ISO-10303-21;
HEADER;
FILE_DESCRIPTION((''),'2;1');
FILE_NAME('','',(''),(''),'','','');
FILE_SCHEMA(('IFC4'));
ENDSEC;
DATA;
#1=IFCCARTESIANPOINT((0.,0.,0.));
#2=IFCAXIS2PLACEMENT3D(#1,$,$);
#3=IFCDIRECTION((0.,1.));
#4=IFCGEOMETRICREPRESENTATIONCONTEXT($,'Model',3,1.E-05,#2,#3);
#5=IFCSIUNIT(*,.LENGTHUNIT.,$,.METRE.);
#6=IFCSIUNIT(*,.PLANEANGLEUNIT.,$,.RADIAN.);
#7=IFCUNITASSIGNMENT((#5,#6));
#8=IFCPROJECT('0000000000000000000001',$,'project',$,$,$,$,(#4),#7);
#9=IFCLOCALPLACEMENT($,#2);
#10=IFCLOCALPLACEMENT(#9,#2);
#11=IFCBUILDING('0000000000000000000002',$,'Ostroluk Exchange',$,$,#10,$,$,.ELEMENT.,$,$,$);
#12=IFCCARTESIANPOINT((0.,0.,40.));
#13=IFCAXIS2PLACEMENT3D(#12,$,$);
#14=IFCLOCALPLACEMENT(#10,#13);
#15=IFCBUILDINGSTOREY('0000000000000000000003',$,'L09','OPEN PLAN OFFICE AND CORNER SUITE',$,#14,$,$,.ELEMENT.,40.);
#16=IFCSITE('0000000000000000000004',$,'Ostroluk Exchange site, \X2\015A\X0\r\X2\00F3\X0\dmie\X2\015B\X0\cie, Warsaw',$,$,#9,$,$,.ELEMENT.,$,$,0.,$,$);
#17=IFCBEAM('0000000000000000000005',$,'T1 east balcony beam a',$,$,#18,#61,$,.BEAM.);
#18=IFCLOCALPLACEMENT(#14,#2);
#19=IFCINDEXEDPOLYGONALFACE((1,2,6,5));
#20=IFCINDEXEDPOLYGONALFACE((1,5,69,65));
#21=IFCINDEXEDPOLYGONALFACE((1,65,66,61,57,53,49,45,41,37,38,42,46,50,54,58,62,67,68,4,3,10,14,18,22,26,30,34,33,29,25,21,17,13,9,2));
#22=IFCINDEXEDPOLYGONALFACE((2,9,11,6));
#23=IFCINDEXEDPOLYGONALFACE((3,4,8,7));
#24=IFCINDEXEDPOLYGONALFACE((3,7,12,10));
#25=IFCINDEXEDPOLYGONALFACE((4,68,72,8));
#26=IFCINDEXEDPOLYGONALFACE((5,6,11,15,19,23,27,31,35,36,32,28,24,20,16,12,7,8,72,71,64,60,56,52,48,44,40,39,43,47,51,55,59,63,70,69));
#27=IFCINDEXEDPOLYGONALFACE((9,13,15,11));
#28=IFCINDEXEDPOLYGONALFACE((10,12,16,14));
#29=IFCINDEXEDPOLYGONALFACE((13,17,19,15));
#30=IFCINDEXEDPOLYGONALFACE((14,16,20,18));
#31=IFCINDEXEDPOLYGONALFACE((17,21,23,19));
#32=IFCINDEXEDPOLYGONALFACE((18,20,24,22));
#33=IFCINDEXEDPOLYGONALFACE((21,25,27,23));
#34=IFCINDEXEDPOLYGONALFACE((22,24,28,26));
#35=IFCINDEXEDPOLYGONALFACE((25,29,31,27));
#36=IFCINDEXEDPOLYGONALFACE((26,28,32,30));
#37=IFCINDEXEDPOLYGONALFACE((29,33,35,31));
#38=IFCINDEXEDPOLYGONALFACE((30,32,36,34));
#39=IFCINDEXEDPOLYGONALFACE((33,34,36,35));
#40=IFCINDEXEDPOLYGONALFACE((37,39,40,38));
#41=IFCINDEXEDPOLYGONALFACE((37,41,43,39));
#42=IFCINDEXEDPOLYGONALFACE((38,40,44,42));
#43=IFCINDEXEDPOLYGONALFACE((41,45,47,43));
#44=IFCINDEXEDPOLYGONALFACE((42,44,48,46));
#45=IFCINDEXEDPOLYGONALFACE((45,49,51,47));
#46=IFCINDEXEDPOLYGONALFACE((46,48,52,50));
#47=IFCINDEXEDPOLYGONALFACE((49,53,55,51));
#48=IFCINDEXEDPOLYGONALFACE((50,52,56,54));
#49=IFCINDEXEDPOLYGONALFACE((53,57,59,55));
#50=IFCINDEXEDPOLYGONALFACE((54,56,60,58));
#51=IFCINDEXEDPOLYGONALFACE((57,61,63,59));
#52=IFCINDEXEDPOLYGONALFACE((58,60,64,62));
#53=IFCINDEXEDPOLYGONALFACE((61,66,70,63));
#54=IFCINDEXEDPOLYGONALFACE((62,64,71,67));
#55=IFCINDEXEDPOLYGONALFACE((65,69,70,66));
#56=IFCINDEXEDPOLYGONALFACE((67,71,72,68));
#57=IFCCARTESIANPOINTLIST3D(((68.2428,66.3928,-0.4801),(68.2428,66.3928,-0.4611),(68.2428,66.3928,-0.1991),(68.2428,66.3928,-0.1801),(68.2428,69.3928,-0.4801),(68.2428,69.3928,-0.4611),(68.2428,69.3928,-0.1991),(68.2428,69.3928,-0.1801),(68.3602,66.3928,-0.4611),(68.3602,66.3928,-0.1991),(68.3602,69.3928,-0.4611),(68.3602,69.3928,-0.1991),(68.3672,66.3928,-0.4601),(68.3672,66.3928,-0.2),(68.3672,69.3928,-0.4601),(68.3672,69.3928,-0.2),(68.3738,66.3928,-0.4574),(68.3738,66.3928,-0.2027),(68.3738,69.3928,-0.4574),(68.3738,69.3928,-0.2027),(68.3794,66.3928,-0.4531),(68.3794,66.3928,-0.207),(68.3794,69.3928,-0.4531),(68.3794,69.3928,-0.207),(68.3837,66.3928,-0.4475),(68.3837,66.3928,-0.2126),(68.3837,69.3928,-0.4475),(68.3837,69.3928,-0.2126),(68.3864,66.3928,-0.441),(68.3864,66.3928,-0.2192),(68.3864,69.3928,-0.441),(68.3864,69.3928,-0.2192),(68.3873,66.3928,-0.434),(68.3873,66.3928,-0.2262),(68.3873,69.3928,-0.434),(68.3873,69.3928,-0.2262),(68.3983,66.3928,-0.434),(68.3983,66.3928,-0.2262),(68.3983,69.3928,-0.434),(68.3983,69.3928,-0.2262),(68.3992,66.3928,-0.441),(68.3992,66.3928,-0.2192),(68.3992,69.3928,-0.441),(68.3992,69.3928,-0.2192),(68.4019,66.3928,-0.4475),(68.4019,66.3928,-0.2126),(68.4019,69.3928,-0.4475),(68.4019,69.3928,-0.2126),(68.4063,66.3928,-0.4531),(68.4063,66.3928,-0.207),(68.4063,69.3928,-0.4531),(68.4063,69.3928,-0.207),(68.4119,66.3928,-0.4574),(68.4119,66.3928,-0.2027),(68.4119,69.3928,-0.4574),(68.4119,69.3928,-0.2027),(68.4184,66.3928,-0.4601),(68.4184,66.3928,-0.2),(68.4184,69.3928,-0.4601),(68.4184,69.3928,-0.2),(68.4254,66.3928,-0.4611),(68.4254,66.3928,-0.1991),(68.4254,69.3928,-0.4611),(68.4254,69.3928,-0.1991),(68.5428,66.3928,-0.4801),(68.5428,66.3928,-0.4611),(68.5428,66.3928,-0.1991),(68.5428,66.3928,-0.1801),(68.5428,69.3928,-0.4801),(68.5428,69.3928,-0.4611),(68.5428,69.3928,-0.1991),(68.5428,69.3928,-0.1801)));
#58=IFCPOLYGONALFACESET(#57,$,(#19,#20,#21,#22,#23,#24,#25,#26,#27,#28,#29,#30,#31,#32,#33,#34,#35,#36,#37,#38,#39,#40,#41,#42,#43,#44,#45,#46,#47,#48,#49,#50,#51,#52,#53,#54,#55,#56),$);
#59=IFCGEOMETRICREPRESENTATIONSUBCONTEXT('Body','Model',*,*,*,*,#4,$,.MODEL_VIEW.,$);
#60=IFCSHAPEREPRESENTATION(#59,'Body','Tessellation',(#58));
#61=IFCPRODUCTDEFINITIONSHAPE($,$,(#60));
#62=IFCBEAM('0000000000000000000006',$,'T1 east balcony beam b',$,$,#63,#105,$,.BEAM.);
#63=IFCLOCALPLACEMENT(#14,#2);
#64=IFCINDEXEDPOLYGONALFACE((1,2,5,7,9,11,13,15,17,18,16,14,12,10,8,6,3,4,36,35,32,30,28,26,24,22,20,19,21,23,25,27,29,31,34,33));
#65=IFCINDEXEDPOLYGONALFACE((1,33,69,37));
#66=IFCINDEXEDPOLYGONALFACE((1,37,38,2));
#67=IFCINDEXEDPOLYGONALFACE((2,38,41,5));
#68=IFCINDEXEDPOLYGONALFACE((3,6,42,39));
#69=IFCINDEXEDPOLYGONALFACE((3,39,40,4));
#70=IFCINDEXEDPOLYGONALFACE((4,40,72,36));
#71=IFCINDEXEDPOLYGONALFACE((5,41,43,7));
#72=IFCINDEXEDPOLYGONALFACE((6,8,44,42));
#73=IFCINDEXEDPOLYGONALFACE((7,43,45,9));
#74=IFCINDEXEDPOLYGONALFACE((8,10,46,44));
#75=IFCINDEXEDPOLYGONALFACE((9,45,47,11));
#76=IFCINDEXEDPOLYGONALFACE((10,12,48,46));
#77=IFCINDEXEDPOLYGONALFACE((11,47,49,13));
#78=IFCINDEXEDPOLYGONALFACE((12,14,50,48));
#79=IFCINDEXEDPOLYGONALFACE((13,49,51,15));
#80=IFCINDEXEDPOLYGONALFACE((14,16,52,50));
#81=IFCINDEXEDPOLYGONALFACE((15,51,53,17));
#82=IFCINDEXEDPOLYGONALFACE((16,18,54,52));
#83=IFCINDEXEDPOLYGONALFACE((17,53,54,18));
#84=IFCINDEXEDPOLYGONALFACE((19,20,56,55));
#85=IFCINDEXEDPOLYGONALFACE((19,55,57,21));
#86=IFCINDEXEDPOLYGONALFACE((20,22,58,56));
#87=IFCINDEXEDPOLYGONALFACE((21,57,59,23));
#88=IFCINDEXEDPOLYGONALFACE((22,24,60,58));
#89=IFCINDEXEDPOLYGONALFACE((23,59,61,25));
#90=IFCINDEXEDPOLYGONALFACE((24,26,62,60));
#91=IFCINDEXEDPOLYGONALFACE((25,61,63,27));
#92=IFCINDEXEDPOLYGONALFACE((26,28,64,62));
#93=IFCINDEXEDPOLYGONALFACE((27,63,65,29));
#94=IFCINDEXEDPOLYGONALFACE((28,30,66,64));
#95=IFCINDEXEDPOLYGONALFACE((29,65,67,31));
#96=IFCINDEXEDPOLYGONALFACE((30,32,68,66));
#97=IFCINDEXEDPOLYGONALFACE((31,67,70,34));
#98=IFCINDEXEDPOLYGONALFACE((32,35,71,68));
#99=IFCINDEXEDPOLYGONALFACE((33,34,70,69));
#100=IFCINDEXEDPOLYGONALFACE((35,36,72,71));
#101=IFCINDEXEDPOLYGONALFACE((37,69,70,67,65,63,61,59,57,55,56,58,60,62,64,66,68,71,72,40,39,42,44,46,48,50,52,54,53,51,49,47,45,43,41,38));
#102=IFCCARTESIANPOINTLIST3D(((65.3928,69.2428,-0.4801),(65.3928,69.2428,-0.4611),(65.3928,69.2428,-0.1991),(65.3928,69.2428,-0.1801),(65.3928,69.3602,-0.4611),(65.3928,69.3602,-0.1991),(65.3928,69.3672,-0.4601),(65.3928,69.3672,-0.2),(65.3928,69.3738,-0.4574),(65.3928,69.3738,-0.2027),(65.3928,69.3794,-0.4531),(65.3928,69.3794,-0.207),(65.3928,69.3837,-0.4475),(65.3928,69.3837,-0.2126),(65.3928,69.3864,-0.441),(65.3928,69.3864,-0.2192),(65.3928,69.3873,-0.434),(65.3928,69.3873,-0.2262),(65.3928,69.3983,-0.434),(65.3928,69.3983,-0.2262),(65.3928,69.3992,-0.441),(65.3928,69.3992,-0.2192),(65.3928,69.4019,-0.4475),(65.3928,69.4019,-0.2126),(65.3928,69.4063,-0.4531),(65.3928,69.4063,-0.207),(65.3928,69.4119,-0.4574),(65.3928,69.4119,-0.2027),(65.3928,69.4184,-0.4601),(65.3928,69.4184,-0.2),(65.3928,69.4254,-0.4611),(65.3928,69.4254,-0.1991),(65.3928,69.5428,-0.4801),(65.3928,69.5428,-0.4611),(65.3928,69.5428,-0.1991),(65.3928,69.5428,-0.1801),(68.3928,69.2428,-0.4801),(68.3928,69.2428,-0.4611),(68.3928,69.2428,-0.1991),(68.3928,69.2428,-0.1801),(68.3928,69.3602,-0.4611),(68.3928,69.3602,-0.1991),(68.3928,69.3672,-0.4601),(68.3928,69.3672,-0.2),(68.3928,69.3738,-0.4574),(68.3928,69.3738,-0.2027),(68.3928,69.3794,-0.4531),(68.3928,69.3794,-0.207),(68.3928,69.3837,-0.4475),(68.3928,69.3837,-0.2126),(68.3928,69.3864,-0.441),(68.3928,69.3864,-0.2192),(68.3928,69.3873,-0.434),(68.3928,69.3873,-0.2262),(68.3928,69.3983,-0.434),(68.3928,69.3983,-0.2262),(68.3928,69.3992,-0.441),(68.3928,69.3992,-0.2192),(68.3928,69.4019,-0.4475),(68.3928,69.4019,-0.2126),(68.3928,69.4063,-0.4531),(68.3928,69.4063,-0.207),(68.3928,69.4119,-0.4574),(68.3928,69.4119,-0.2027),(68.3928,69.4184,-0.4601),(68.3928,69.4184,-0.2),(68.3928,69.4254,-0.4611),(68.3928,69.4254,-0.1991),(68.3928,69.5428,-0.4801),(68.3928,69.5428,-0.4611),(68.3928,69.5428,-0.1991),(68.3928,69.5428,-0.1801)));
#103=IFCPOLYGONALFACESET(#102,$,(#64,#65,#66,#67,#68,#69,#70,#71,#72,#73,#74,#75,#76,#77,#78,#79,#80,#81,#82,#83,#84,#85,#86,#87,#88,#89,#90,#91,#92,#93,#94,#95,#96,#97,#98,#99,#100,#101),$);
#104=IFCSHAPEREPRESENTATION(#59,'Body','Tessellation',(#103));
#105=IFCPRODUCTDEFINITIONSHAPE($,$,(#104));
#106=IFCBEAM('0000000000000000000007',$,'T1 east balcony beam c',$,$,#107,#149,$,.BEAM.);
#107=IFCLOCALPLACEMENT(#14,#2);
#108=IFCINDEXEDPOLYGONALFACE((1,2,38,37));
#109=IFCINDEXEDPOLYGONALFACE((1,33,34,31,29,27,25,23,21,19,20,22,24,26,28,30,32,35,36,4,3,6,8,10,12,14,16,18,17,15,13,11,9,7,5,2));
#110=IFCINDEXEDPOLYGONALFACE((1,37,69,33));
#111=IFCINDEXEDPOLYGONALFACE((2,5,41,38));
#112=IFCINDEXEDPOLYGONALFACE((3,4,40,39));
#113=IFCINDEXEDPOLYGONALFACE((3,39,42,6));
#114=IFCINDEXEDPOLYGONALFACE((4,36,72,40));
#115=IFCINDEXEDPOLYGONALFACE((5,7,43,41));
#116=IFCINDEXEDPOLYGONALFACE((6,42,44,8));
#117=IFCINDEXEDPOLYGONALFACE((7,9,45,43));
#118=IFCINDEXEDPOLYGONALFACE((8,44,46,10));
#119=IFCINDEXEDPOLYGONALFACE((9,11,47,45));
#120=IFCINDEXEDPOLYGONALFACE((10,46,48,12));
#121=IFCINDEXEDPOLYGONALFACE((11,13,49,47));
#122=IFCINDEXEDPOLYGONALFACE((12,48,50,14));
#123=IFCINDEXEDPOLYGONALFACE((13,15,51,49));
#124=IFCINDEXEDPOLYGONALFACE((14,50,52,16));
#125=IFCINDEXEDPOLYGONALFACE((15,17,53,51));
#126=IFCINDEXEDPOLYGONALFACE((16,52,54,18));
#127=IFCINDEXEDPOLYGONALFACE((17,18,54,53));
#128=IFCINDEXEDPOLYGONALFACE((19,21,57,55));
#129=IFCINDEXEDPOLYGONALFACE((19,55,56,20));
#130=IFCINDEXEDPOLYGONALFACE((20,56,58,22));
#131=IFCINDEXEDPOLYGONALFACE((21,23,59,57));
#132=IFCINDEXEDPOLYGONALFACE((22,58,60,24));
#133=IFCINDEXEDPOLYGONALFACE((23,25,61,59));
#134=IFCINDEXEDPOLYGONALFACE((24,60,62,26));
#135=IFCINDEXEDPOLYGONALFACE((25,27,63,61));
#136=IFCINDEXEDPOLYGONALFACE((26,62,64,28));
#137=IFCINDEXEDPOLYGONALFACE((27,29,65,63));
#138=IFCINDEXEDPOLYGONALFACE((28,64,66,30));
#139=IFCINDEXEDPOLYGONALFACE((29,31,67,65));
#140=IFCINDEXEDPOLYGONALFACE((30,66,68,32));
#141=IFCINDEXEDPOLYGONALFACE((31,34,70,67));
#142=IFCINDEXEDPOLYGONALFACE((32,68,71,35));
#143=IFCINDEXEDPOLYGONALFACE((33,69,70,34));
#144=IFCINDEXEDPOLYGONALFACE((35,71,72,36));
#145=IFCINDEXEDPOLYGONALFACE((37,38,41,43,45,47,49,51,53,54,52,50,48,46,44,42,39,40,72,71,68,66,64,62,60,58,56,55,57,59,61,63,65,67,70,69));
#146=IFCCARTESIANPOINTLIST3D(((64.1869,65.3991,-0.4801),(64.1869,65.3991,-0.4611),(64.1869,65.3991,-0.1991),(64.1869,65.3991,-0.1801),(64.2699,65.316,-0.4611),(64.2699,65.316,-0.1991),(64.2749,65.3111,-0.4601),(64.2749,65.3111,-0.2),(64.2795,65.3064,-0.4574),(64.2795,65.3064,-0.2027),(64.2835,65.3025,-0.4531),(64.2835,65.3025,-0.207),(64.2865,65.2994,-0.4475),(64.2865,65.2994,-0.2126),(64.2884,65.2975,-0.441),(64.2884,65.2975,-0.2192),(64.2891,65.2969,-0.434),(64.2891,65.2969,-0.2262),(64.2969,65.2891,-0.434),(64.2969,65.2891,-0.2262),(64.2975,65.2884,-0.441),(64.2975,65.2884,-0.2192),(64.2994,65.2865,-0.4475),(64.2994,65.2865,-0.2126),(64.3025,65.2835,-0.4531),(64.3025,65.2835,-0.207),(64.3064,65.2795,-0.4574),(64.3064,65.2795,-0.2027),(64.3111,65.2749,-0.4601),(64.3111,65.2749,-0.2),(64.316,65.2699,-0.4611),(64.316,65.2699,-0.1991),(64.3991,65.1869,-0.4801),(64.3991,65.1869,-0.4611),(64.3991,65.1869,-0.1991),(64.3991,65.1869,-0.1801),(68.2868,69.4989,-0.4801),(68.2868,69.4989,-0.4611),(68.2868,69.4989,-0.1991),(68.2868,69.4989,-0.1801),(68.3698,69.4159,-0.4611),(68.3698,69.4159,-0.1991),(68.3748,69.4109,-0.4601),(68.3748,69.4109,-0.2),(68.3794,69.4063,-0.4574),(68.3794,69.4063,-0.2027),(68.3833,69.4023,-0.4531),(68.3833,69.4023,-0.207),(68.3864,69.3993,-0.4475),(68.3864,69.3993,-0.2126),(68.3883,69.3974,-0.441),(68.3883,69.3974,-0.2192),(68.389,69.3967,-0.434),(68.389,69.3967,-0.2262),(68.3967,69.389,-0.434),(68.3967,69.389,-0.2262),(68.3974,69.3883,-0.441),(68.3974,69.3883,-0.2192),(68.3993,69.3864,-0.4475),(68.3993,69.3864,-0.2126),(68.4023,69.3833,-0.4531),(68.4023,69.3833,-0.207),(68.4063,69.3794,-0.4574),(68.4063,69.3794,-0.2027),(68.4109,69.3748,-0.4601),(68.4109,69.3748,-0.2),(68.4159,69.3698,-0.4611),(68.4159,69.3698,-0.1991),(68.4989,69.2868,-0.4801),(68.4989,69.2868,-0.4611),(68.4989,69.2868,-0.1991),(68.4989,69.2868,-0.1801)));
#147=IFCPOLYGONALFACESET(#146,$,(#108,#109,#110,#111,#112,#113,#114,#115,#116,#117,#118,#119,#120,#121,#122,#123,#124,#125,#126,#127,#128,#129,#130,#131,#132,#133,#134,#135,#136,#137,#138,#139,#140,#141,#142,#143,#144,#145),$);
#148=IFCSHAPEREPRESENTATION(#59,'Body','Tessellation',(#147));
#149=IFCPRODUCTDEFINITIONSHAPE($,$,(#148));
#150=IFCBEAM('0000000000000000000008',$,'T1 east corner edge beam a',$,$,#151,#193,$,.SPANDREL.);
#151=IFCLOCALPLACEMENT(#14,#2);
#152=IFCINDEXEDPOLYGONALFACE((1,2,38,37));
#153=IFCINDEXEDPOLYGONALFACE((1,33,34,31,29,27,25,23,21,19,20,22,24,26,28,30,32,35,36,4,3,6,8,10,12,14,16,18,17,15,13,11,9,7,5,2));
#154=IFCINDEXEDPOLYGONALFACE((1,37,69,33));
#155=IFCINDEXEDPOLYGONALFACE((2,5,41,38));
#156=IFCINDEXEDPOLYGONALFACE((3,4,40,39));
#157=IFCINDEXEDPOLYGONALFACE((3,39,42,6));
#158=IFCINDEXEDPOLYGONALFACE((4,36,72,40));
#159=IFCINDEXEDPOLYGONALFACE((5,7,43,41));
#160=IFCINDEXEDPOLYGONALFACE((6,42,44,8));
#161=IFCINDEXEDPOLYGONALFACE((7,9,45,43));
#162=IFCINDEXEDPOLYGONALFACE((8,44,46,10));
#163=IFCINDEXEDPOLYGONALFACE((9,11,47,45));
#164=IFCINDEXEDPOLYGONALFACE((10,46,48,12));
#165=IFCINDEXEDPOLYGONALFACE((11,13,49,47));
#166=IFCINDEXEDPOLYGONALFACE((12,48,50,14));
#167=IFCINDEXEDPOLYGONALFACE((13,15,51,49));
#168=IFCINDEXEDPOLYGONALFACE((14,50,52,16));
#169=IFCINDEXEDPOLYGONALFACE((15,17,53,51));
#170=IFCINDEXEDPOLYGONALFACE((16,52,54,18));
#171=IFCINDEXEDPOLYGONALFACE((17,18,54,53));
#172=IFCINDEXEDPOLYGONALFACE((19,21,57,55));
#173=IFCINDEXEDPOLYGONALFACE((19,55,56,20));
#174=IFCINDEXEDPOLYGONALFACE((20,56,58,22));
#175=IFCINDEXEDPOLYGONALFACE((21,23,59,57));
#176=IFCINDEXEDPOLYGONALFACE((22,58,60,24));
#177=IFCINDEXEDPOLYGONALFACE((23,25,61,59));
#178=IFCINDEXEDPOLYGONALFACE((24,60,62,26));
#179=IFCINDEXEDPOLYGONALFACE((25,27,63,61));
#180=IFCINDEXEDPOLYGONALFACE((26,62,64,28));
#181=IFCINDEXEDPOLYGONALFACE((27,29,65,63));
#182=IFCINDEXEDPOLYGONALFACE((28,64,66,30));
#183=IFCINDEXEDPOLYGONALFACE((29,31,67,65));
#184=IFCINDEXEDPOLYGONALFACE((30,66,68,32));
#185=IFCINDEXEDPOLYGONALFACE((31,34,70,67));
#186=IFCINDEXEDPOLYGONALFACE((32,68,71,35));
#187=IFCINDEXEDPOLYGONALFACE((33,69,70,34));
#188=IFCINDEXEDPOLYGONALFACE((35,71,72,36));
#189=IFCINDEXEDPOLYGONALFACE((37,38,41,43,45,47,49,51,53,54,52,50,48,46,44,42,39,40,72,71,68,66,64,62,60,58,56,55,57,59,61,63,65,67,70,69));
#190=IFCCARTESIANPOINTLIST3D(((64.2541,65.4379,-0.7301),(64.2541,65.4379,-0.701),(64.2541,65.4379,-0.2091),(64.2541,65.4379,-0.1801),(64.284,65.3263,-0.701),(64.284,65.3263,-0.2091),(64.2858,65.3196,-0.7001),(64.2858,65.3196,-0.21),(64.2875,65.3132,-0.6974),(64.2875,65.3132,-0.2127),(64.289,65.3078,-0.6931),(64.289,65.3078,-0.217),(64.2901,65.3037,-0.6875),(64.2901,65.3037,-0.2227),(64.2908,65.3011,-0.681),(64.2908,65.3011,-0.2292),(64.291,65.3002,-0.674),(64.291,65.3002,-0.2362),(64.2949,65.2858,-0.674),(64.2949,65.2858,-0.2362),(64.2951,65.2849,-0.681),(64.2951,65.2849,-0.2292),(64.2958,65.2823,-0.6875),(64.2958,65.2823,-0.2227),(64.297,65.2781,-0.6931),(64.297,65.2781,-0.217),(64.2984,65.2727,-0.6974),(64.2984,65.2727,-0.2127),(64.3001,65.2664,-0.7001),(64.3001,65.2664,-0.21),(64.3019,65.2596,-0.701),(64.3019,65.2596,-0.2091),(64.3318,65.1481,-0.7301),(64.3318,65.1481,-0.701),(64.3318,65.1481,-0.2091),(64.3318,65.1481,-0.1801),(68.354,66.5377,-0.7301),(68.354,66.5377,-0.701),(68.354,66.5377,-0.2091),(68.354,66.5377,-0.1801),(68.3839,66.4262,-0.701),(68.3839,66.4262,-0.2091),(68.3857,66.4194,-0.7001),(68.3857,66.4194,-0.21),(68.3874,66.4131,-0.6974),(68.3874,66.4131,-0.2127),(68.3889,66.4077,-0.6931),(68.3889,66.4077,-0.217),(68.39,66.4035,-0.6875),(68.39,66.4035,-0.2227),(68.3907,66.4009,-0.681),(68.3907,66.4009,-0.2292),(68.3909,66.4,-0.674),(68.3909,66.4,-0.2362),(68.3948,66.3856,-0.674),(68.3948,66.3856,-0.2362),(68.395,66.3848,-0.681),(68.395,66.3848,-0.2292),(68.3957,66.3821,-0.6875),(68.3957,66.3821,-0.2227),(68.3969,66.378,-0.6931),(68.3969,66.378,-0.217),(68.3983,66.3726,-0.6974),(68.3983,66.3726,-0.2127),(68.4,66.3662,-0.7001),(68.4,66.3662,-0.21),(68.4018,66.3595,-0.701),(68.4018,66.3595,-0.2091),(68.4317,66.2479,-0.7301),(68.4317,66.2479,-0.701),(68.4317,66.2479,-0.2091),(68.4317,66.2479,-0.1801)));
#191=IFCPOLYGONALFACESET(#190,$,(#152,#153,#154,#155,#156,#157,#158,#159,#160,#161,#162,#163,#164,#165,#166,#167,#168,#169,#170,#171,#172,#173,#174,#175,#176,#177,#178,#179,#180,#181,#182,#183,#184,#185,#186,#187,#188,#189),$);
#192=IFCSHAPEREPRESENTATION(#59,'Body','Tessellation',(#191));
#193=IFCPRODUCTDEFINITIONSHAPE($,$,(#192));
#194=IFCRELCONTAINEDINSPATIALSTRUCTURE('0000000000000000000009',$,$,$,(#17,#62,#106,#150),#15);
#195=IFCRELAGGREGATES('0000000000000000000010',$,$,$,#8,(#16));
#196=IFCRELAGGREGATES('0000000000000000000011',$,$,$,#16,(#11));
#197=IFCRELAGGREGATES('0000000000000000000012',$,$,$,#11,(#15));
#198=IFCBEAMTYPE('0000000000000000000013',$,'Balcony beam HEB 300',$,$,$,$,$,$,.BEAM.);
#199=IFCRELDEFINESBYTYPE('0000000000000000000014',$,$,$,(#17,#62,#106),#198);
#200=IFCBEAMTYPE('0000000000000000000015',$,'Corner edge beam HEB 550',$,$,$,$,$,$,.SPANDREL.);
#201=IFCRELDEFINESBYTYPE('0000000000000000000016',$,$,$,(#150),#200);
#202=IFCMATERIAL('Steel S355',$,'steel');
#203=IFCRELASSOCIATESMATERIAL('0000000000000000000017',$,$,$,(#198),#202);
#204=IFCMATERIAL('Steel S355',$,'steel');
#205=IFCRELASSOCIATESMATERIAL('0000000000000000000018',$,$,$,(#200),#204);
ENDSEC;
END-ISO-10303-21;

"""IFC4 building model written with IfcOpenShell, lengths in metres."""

from ifc_helpers import new_model, si_unit, direction, frame, origin, origin_2d, place, context, subcontext, project, spatial, i_section, extrude, material, material_profile, profile_set, type_object, element, save


model = new_model("IFC4")

# Units and contexts
model_context = context("Model", 3, precision=1e-05, world=origin(), true_north=direction((0.0, 1.0)))
body_context = subcontext(model_context, "Body", "Model", "MODEL_VIEW")
ifc_project = project(units=[si_unit("LENGTHUNIT", "METRE"), si_unit("PLANEANGLEUNIT", "RADIAN")], contexts=[model_context])

# Site, building, storey
site_placement = place(None, origin())
site = spatial("IfcSite", under=ifc_project, at=site_placement, Name="Ostroluk Exchange site, Śródmieście, Warsaw", CompositionType="ELEMENT", RefElevation=0.0)
building_placement = place(site_placement, origin())
building = spatial("IfcBuilding", under=site, at=building_placement, Name="Ostroluk Exchange", CompositionType="ELEMENT")
storey_placement = place(building_placement, frame((0.0, 0.0, 40.0)))
storey = spatial("IfcBuildingStorey", under=building, at=storey_placement, Name="L09", Description="OPEN PLAN OFFICE AND CORNER SUITE", CompositionType="ELEMENT", Elevation=40.0)

# Beams
ifc_material_1 = material(Name="Steel S355", Category="steel")
ifc_material_profile_1 = material_profile(ifc_material_1, i_section(OverallWidth=0.3, OverallDepth=0.3, WebThickness=0.011, FlangeThickness=0.019, FilletRadius=0.0271, at=origin_2d()), Name="HEB 300")
ifc_profile_set_1 = profile_set([ifc_material_profile_1], Name="Steel S355")
beam_type_1 = type_object("IfcBeamType", Name="Balcony beam HEB 300", PredefinedType="BEAM", material=ifc_profile_set_1)
for number, where, z_axis, x_axis, name in (
    (1, (68.3928, 66.3928, -0.3301), (0.0, 1.0, 0.0), (-1.0, 0.0, 0.0), "T1 east balcony beam a"),
    (2, (65.3928, 69.3928, -0.3301), (1.0, 0.0, 0.0), (0.0, 1.0, 0.0), "T1 east balcony beam b"),
):
    element("IfcBeam", number, at=place(storey_placement, frame(where, z_axis=z_axis, x_axis=x_axis)), inside=storey, type_object=beam_type_1, Name=name, PredefinedType="BEAM", context=body_context, shape_type="SweptSolid", body=[
        extrude(i_section(OverallWidth=0.3, OverallDepth=0.3, WebThickness=0.011, FlangeThickness=0.019, FilletRadius=0.0271, at=origin_2d()), origin(), (0.0, 0.0, 1.0), 3.0),
    ])
beam_1_placement = place(storey_placement, frame((64.293, 65.293, -0.3301), z_axis=(0.707107, 0.707107, 0.0), x_axis=(-0.707107, 0.707107, 0.0)))
element("IfcBeam", 3, at=beam_1_placement, inside=storey, type_object=beam_type_1, Name="T1 east balcony beam c", PredefinedType="BEAM", context=body_context, shape_type="SweptSolid", body=[
    extrude(i_section(OverallWidth=0.3, OverallDepth=0.3, WebThickness=0.011, FlangeThickness=0.019, FilletRadius=0.0271, at=origin_2d()), origin(), (0.0, 0.0, 1.0), 5.7981),
])
ifc_material_2 = material(Name="Steel S355", Category="steel")
ifc_material_profile_2 = material_profile(ifc_material_2, i_section(OverallWidth=0.3, OverallDepth=0.55, WebThickness=0.0149, FlangeThickness=0.0291, FilletRadius=0.0271, at=origin_2d()), Name="HEB 550")
ifc_profile_set_2 = profile_set([ifc_material_profile_2], Name="Steel S355")
beam_type_2 = type_object("IfcBeamType", Name="Corner edge beam HEB 550", PredefinedType="SPANDREL", material=ifc_profile_set_2)
for number, where, z_axis, x_axis, name in (
    (4, (64.293, 65.293, -0.4551), (0.965849, 0.259105, 0.0), (-0.259105, 0.965849, 0.0), "T1 east corner edge beam a"),
):
    element("IfcBeam", number, at=place(storey_placement, frame(where, z_axis=z_axis, x_axis=x_axis)), inside=storey, type_object=beam_type_2, Name=name, PredefinedType="SPANDREL", context=body_context, shape_type="SweptSolid", body=[
        extrude(i_section(OverallWidth=0.3, OverallDepth=0.55, WebThickness=0.0149, FlangeThickness=0.0291, FilletRadius=0.0271, at=origin_2d()), origin(), (0.0, 0.0, 1.0), 4.2449),
    ])

save(model, "model.ifc")
